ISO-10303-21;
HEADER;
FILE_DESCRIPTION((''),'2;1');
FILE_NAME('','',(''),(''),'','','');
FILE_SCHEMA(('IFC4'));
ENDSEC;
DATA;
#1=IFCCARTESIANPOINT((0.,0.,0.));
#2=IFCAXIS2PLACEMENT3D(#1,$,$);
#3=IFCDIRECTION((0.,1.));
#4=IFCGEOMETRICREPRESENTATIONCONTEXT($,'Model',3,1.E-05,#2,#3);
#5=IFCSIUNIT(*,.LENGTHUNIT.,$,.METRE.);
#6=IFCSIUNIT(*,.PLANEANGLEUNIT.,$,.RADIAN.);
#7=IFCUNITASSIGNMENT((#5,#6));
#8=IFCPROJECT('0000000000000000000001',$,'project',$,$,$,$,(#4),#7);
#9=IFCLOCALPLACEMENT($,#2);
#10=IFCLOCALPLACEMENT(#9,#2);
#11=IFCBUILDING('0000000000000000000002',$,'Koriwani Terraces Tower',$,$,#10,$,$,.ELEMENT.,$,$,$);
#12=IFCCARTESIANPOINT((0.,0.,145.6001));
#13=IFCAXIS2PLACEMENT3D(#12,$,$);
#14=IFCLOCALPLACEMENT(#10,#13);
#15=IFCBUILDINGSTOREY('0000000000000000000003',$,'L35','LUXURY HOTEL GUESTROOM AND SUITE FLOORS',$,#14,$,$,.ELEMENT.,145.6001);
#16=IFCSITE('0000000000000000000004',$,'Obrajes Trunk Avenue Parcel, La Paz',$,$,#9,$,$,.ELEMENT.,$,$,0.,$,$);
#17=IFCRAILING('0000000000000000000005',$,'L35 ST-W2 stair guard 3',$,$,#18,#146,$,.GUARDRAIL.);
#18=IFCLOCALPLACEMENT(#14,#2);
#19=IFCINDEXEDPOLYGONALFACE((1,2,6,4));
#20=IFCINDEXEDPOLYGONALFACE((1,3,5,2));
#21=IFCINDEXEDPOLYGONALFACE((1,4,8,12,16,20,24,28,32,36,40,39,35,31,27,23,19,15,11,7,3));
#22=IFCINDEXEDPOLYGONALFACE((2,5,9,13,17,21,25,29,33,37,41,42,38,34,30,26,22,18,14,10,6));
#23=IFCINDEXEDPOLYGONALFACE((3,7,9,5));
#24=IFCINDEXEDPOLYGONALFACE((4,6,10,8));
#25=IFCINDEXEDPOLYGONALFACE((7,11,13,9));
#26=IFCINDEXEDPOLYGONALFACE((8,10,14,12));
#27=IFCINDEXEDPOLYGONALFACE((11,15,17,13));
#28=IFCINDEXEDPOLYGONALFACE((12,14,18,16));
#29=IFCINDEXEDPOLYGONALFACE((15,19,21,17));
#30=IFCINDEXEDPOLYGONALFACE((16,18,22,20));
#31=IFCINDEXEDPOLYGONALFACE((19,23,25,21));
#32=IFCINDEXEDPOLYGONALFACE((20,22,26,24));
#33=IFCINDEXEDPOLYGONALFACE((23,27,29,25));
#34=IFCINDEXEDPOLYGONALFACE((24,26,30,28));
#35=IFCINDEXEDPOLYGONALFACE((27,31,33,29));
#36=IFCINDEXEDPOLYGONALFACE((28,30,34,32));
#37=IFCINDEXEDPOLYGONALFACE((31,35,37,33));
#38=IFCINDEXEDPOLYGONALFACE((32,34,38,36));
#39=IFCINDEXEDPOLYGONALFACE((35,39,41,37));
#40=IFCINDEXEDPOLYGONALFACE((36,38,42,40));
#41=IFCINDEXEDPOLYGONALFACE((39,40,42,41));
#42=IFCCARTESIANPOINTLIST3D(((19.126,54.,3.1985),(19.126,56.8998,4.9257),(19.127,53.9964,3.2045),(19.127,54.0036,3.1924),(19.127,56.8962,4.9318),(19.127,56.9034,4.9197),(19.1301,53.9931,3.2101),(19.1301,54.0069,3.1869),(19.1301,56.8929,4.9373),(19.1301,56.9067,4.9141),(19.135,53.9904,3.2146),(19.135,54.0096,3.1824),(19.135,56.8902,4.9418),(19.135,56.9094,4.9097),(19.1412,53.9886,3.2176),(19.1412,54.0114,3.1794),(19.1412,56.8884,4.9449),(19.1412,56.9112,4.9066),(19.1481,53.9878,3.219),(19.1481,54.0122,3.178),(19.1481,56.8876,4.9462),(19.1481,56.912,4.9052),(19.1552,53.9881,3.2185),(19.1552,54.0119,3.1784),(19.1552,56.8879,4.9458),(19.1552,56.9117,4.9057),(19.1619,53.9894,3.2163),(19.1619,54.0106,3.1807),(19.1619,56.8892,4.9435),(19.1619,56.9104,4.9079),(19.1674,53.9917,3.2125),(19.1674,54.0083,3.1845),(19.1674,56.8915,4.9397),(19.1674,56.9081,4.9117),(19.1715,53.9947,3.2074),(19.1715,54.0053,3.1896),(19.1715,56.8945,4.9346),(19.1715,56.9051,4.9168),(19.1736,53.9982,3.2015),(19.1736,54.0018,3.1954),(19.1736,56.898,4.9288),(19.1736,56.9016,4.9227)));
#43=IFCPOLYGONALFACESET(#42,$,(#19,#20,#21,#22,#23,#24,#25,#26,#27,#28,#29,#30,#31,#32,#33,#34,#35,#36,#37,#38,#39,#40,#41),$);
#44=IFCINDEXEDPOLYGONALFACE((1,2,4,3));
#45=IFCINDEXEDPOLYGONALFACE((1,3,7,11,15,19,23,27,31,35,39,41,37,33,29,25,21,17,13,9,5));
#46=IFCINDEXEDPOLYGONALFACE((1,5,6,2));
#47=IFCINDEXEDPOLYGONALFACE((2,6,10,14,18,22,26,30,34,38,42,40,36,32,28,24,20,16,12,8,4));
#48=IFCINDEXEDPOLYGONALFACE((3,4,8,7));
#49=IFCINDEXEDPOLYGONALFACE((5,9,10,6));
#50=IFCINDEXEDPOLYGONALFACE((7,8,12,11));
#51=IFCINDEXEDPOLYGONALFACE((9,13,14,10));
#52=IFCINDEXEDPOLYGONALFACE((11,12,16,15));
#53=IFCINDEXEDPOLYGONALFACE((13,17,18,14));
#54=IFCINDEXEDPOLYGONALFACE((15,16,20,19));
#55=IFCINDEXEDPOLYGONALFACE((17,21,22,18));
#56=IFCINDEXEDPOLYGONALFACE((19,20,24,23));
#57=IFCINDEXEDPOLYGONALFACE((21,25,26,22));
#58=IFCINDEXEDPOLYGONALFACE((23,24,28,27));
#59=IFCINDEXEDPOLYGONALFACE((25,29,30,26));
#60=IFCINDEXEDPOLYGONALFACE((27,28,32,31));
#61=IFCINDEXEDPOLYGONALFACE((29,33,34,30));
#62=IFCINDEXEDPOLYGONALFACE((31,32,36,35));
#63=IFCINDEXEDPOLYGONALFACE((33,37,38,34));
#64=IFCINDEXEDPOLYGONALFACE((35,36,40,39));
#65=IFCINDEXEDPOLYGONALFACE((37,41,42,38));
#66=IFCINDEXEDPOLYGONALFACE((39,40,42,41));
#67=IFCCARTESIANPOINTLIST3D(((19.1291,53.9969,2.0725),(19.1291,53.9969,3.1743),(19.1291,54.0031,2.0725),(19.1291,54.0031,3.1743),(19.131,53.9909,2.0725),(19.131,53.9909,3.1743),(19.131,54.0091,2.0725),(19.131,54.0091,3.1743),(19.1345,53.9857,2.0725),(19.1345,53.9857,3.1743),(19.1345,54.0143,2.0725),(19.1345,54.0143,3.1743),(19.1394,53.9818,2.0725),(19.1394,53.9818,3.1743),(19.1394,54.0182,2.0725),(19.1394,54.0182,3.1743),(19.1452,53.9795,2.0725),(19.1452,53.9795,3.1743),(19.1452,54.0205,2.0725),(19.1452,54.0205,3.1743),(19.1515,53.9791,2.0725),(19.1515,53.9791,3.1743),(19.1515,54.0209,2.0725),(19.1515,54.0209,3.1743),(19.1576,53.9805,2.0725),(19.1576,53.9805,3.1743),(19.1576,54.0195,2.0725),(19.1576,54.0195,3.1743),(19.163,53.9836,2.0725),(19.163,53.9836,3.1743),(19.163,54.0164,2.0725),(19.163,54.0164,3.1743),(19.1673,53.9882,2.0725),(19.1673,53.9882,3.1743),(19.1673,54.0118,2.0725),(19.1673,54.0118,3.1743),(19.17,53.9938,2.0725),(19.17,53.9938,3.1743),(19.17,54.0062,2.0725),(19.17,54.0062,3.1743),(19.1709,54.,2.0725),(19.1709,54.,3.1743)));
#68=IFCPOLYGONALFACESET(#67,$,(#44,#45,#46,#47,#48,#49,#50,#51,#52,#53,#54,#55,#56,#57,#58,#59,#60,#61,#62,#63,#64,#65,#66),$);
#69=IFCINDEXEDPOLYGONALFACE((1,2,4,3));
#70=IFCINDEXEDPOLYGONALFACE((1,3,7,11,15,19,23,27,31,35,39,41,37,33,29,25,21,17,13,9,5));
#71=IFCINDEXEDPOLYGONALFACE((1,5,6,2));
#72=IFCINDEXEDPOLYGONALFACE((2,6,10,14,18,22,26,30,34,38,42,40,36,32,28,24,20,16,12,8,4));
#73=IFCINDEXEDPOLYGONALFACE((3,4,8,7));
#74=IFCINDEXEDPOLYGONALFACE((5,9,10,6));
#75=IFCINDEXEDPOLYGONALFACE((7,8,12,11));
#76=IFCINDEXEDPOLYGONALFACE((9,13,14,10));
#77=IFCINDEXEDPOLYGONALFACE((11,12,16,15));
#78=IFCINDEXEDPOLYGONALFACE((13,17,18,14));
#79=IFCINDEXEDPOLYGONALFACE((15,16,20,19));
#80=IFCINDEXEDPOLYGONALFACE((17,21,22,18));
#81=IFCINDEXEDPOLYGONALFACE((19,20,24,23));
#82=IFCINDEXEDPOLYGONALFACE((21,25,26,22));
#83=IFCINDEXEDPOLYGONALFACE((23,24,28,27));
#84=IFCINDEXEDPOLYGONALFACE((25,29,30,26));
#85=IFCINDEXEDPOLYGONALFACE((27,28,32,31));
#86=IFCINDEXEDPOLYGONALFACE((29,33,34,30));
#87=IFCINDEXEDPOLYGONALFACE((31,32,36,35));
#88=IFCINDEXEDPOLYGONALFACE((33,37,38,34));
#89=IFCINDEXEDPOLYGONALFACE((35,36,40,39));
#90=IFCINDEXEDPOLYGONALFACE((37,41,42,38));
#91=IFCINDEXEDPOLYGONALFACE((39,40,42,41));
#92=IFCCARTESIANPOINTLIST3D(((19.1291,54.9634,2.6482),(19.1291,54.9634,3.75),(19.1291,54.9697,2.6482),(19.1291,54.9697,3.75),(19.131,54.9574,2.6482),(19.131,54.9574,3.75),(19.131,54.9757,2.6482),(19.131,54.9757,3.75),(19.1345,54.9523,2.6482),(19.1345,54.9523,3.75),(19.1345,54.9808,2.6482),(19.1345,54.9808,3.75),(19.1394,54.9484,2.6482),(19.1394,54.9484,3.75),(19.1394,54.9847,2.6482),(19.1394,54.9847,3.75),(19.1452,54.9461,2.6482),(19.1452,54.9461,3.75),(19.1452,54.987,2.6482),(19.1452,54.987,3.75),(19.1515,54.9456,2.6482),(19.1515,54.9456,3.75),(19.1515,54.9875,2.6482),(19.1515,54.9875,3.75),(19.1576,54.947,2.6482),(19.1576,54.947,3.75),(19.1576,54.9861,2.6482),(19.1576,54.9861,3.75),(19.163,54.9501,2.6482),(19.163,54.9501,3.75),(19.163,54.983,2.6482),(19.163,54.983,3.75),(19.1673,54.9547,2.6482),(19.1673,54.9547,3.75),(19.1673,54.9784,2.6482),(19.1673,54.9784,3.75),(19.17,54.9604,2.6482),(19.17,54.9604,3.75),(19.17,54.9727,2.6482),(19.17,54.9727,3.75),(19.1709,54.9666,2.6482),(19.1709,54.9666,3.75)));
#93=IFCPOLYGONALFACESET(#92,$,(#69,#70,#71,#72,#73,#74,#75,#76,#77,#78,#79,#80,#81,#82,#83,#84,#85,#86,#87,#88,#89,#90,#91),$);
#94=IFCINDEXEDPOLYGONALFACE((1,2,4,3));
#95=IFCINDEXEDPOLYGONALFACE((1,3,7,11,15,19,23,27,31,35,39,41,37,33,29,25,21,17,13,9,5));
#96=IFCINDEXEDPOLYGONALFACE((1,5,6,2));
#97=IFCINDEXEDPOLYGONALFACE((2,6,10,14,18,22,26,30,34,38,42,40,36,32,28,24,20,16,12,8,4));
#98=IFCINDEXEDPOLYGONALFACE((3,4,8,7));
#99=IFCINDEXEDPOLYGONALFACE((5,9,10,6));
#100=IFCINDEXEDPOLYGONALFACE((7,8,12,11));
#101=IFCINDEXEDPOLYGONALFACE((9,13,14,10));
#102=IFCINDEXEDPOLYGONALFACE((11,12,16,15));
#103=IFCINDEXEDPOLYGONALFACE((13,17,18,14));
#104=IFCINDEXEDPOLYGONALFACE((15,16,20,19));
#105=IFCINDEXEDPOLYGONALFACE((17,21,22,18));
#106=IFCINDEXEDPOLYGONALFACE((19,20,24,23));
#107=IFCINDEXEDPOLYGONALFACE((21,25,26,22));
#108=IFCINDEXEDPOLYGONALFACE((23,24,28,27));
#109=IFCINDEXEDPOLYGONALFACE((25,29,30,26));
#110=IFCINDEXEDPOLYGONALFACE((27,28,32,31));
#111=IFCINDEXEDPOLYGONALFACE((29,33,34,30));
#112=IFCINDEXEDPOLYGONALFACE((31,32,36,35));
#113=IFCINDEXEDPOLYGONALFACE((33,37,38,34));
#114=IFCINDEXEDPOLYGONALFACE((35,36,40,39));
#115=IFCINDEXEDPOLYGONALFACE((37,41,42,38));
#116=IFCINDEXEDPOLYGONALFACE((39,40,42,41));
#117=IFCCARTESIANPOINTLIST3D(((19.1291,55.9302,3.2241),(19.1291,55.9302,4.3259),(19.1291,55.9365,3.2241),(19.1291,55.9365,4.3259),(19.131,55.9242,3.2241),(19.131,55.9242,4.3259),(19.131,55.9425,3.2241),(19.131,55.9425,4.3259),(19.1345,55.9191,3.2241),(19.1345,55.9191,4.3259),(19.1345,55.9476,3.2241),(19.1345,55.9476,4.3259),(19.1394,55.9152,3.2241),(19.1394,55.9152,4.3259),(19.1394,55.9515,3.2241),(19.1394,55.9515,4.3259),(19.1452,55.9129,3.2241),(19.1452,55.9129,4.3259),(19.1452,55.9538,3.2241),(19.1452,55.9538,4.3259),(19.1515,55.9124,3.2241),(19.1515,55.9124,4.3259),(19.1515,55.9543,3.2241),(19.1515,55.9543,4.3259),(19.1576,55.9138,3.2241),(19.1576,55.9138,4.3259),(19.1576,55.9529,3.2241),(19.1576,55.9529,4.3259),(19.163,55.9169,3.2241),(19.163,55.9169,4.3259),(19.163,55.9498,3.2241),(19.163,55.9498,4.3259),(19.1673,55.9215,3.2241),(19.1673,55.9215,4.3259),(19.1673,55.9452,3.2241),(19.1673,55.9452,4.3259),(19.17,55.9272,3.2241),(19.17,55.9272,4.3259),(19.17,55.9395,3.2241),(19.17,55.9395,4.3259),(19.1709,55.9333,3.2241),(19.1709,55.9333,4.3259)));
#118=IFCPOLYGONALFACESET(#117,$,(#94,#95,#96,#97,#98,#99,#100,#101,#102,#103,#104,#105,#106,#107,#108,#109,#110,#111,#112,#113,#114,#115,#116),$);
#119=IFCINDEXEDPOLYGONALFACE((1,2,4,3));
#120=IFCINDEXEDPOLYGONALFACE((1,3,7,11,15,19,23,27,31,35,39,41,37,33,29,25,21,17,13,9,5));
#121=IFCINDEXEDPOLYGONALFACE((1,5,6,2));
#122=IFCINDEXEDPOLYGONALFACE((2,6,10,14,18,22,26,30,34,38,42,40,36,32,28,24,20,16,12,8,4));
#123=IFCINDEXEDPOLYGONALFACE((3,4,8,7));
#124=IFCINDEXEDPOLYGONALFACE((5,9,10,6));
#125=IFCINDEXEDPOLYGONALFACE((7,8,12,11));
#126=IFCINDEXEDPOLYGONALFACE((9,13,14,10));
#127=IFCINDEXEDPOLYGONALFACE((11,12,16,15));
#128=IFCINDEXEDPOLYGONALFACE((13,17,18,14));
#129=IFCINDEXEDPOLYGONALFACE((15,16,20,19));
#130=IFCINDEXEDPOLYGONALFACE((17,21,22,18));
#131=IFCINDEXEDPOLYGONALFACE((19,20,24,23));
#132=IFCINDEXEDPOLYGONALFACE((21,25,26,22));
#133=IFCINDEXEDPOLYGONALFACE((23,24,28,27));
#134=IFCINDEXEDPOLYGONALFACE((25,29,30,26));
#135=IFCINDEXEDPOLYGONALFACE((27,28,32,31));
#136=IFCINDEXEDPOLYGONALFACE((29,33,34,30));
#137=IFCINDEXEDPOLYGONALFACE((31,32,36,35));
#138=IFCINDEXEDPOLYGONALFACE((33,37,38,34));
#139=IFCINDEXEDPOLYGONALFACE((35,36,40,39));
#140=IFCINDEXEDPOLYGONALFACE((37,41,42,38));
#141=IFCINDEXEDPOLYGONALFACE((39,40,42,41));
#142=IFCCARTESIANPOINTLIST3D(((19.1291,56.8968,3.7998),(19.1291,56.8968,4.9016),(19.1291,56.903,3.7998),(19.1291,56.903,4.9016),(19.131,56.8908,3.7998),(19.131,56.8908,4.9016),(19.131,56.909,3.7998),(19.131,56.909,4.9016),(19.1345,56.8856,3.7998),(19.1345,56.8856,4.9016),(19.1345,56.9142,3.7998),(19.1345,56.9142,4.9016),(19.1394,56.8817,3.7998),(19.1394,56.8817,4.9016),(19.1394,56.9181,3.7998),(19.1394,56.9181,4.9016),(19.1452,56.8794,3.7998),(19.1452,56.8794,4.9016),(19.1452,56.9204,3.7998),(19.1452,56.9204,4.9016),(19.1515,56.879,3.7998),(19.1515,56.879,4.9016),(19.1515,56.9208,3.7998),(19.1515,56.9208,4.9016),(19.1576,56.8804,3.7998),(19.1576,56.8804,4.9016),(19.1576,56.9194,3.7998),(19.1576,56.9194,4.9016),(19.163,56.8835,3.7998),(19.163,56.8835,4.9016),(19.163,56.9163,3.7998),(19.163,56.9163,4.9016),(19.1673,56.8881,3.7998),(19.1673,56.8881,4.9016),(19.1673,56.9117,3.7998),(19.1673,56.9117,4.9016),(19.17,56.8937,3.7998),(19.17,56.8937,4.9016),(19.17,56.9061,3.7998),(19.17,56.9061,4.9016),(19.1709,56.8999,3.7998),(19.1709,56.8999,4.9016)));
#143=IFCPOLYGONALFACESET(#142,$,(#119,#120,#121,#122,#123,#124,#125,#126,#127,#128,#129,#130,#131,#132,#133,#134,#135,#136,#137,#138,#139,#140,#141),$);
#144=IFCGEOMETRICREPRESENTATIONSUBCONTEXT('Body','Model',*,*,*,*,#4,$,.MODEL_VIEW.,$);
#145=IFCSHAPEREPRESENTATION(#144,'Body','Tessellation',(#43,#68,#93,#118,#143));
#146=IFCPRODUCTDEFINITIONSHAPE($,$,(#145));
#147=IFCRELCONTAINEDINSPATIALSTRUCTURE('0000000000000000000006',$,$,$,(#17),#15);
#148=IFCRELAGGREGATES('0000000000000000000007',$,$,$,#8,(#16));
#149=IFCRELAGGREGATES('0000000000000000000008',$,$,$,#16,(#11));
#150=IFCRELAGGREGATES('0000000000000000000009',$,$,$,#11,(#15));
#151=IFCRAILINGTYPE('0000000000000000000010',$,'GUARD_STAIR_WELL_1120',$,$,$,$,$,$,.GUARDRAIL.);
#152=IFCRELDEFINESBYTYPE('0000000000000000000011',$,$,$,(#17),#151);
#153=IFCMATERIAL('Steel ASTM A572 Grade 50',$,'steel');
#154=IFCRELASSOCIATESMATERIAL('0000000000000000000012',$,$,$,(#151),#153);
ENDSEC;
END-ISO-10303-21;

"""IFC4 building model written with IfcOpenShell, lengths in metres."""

from ifc_helpers import new_model, si_unit, direction, frame, origin, origin_2d, place, context, subcontext, project, spatial, circle, extrude, material, type_object, element, save


model = new_model("IFC4")

# Units and contexts
model_context = context("Model", 3, precision=1e-05, world=origin(), true_north=direction((0.0, 1.0)))
body_context = subcontext(model_context, "Body", "Model", "MODEL_VIEW")
ifc_project = project(units=[si_unit("LENGTHUNIT", "METRE"), si_unit("PLANEANGLEUNIT", "RADIAN")], contexts=[model_context])

# Site, building, storey
site_placement = place(None, origin())
site = spatial("IfcSite", under=ifc_project, at=site_placement, Name="Obrajes Trunk Avenue Parcel, La Paz", CompositionType="ELEMENT", RefElevation=0.0)
building_placement = place(site_placement, origin())
building = spatial("IfcBuilding", under=site, at=building_placement, Name="Koriwani Terraces Tower", CompositionType="ELEMENT")
storey_placement = place(building_placement, frame((0.0, 0.0, 145.6001)))
storey = spatial("IfcBuildingStorey", under=building, at=storey_placement, Name="L35", Description="LUXURY HOTEL GUESTROOM AND SUITE FLOORS", CompositionType="ELEMENT", Elevation=145.6001)

# Shared definitions
ifc_material_1 = material(Name="Steel ASTM A572 Grade 50", Category="steel")

# Railing
railing_type_1 = type_object("IfcRailingType", Name="GUARD_STAIR_WELL_1120", PredefinedType="GUARDRAIL", material=ifc_material_1)
railing_1_placement = place(storey_placement, frame((19.1499, 54.0, 2.0725)))
element("IfcRailing", 1, at=railing_1_placement, inside=storey, type_object=railing_type_1, Name="L35 ST-W2 stair guard 3", PredefinedType="GUARDRAIL", context=body_context, shape_type="SweptSolid", body=[
    extrude(circle(Radius=0.0239, at=origin_2d()), frame((0.0, 0.0, 1.126), z_axis=(0.0, 0.859141, 0.511738), x_axis=(-1.0, 0.0, 0.0)), (0.0, 0.0, 1.0), 3.3752),
    extrude(circle(Radius=0.021, at=origin_2d()), origin(), (0.0, 0.0, 1.0), 1.1018),
    extrude(circle(Radius=0.021, at=origin_2d()), frame((0.0, 0.9666, 0.5757)), (0.0, 0.0, 1.0), 1.1018),
    extrude(circle(Radius=0.021, at=origin_2d()), frame((0.0, 1.9333, 1.1516)), (0.0, 0.0, 1.0), 1.1018),
    extrude(circle(Radius=0.021, at=origin_2d()), frame((0.0, 2.8999, 1.7273)), (0.0, 0.0, 1.0), 1.1018),
])

save(model, "model.ifc")
